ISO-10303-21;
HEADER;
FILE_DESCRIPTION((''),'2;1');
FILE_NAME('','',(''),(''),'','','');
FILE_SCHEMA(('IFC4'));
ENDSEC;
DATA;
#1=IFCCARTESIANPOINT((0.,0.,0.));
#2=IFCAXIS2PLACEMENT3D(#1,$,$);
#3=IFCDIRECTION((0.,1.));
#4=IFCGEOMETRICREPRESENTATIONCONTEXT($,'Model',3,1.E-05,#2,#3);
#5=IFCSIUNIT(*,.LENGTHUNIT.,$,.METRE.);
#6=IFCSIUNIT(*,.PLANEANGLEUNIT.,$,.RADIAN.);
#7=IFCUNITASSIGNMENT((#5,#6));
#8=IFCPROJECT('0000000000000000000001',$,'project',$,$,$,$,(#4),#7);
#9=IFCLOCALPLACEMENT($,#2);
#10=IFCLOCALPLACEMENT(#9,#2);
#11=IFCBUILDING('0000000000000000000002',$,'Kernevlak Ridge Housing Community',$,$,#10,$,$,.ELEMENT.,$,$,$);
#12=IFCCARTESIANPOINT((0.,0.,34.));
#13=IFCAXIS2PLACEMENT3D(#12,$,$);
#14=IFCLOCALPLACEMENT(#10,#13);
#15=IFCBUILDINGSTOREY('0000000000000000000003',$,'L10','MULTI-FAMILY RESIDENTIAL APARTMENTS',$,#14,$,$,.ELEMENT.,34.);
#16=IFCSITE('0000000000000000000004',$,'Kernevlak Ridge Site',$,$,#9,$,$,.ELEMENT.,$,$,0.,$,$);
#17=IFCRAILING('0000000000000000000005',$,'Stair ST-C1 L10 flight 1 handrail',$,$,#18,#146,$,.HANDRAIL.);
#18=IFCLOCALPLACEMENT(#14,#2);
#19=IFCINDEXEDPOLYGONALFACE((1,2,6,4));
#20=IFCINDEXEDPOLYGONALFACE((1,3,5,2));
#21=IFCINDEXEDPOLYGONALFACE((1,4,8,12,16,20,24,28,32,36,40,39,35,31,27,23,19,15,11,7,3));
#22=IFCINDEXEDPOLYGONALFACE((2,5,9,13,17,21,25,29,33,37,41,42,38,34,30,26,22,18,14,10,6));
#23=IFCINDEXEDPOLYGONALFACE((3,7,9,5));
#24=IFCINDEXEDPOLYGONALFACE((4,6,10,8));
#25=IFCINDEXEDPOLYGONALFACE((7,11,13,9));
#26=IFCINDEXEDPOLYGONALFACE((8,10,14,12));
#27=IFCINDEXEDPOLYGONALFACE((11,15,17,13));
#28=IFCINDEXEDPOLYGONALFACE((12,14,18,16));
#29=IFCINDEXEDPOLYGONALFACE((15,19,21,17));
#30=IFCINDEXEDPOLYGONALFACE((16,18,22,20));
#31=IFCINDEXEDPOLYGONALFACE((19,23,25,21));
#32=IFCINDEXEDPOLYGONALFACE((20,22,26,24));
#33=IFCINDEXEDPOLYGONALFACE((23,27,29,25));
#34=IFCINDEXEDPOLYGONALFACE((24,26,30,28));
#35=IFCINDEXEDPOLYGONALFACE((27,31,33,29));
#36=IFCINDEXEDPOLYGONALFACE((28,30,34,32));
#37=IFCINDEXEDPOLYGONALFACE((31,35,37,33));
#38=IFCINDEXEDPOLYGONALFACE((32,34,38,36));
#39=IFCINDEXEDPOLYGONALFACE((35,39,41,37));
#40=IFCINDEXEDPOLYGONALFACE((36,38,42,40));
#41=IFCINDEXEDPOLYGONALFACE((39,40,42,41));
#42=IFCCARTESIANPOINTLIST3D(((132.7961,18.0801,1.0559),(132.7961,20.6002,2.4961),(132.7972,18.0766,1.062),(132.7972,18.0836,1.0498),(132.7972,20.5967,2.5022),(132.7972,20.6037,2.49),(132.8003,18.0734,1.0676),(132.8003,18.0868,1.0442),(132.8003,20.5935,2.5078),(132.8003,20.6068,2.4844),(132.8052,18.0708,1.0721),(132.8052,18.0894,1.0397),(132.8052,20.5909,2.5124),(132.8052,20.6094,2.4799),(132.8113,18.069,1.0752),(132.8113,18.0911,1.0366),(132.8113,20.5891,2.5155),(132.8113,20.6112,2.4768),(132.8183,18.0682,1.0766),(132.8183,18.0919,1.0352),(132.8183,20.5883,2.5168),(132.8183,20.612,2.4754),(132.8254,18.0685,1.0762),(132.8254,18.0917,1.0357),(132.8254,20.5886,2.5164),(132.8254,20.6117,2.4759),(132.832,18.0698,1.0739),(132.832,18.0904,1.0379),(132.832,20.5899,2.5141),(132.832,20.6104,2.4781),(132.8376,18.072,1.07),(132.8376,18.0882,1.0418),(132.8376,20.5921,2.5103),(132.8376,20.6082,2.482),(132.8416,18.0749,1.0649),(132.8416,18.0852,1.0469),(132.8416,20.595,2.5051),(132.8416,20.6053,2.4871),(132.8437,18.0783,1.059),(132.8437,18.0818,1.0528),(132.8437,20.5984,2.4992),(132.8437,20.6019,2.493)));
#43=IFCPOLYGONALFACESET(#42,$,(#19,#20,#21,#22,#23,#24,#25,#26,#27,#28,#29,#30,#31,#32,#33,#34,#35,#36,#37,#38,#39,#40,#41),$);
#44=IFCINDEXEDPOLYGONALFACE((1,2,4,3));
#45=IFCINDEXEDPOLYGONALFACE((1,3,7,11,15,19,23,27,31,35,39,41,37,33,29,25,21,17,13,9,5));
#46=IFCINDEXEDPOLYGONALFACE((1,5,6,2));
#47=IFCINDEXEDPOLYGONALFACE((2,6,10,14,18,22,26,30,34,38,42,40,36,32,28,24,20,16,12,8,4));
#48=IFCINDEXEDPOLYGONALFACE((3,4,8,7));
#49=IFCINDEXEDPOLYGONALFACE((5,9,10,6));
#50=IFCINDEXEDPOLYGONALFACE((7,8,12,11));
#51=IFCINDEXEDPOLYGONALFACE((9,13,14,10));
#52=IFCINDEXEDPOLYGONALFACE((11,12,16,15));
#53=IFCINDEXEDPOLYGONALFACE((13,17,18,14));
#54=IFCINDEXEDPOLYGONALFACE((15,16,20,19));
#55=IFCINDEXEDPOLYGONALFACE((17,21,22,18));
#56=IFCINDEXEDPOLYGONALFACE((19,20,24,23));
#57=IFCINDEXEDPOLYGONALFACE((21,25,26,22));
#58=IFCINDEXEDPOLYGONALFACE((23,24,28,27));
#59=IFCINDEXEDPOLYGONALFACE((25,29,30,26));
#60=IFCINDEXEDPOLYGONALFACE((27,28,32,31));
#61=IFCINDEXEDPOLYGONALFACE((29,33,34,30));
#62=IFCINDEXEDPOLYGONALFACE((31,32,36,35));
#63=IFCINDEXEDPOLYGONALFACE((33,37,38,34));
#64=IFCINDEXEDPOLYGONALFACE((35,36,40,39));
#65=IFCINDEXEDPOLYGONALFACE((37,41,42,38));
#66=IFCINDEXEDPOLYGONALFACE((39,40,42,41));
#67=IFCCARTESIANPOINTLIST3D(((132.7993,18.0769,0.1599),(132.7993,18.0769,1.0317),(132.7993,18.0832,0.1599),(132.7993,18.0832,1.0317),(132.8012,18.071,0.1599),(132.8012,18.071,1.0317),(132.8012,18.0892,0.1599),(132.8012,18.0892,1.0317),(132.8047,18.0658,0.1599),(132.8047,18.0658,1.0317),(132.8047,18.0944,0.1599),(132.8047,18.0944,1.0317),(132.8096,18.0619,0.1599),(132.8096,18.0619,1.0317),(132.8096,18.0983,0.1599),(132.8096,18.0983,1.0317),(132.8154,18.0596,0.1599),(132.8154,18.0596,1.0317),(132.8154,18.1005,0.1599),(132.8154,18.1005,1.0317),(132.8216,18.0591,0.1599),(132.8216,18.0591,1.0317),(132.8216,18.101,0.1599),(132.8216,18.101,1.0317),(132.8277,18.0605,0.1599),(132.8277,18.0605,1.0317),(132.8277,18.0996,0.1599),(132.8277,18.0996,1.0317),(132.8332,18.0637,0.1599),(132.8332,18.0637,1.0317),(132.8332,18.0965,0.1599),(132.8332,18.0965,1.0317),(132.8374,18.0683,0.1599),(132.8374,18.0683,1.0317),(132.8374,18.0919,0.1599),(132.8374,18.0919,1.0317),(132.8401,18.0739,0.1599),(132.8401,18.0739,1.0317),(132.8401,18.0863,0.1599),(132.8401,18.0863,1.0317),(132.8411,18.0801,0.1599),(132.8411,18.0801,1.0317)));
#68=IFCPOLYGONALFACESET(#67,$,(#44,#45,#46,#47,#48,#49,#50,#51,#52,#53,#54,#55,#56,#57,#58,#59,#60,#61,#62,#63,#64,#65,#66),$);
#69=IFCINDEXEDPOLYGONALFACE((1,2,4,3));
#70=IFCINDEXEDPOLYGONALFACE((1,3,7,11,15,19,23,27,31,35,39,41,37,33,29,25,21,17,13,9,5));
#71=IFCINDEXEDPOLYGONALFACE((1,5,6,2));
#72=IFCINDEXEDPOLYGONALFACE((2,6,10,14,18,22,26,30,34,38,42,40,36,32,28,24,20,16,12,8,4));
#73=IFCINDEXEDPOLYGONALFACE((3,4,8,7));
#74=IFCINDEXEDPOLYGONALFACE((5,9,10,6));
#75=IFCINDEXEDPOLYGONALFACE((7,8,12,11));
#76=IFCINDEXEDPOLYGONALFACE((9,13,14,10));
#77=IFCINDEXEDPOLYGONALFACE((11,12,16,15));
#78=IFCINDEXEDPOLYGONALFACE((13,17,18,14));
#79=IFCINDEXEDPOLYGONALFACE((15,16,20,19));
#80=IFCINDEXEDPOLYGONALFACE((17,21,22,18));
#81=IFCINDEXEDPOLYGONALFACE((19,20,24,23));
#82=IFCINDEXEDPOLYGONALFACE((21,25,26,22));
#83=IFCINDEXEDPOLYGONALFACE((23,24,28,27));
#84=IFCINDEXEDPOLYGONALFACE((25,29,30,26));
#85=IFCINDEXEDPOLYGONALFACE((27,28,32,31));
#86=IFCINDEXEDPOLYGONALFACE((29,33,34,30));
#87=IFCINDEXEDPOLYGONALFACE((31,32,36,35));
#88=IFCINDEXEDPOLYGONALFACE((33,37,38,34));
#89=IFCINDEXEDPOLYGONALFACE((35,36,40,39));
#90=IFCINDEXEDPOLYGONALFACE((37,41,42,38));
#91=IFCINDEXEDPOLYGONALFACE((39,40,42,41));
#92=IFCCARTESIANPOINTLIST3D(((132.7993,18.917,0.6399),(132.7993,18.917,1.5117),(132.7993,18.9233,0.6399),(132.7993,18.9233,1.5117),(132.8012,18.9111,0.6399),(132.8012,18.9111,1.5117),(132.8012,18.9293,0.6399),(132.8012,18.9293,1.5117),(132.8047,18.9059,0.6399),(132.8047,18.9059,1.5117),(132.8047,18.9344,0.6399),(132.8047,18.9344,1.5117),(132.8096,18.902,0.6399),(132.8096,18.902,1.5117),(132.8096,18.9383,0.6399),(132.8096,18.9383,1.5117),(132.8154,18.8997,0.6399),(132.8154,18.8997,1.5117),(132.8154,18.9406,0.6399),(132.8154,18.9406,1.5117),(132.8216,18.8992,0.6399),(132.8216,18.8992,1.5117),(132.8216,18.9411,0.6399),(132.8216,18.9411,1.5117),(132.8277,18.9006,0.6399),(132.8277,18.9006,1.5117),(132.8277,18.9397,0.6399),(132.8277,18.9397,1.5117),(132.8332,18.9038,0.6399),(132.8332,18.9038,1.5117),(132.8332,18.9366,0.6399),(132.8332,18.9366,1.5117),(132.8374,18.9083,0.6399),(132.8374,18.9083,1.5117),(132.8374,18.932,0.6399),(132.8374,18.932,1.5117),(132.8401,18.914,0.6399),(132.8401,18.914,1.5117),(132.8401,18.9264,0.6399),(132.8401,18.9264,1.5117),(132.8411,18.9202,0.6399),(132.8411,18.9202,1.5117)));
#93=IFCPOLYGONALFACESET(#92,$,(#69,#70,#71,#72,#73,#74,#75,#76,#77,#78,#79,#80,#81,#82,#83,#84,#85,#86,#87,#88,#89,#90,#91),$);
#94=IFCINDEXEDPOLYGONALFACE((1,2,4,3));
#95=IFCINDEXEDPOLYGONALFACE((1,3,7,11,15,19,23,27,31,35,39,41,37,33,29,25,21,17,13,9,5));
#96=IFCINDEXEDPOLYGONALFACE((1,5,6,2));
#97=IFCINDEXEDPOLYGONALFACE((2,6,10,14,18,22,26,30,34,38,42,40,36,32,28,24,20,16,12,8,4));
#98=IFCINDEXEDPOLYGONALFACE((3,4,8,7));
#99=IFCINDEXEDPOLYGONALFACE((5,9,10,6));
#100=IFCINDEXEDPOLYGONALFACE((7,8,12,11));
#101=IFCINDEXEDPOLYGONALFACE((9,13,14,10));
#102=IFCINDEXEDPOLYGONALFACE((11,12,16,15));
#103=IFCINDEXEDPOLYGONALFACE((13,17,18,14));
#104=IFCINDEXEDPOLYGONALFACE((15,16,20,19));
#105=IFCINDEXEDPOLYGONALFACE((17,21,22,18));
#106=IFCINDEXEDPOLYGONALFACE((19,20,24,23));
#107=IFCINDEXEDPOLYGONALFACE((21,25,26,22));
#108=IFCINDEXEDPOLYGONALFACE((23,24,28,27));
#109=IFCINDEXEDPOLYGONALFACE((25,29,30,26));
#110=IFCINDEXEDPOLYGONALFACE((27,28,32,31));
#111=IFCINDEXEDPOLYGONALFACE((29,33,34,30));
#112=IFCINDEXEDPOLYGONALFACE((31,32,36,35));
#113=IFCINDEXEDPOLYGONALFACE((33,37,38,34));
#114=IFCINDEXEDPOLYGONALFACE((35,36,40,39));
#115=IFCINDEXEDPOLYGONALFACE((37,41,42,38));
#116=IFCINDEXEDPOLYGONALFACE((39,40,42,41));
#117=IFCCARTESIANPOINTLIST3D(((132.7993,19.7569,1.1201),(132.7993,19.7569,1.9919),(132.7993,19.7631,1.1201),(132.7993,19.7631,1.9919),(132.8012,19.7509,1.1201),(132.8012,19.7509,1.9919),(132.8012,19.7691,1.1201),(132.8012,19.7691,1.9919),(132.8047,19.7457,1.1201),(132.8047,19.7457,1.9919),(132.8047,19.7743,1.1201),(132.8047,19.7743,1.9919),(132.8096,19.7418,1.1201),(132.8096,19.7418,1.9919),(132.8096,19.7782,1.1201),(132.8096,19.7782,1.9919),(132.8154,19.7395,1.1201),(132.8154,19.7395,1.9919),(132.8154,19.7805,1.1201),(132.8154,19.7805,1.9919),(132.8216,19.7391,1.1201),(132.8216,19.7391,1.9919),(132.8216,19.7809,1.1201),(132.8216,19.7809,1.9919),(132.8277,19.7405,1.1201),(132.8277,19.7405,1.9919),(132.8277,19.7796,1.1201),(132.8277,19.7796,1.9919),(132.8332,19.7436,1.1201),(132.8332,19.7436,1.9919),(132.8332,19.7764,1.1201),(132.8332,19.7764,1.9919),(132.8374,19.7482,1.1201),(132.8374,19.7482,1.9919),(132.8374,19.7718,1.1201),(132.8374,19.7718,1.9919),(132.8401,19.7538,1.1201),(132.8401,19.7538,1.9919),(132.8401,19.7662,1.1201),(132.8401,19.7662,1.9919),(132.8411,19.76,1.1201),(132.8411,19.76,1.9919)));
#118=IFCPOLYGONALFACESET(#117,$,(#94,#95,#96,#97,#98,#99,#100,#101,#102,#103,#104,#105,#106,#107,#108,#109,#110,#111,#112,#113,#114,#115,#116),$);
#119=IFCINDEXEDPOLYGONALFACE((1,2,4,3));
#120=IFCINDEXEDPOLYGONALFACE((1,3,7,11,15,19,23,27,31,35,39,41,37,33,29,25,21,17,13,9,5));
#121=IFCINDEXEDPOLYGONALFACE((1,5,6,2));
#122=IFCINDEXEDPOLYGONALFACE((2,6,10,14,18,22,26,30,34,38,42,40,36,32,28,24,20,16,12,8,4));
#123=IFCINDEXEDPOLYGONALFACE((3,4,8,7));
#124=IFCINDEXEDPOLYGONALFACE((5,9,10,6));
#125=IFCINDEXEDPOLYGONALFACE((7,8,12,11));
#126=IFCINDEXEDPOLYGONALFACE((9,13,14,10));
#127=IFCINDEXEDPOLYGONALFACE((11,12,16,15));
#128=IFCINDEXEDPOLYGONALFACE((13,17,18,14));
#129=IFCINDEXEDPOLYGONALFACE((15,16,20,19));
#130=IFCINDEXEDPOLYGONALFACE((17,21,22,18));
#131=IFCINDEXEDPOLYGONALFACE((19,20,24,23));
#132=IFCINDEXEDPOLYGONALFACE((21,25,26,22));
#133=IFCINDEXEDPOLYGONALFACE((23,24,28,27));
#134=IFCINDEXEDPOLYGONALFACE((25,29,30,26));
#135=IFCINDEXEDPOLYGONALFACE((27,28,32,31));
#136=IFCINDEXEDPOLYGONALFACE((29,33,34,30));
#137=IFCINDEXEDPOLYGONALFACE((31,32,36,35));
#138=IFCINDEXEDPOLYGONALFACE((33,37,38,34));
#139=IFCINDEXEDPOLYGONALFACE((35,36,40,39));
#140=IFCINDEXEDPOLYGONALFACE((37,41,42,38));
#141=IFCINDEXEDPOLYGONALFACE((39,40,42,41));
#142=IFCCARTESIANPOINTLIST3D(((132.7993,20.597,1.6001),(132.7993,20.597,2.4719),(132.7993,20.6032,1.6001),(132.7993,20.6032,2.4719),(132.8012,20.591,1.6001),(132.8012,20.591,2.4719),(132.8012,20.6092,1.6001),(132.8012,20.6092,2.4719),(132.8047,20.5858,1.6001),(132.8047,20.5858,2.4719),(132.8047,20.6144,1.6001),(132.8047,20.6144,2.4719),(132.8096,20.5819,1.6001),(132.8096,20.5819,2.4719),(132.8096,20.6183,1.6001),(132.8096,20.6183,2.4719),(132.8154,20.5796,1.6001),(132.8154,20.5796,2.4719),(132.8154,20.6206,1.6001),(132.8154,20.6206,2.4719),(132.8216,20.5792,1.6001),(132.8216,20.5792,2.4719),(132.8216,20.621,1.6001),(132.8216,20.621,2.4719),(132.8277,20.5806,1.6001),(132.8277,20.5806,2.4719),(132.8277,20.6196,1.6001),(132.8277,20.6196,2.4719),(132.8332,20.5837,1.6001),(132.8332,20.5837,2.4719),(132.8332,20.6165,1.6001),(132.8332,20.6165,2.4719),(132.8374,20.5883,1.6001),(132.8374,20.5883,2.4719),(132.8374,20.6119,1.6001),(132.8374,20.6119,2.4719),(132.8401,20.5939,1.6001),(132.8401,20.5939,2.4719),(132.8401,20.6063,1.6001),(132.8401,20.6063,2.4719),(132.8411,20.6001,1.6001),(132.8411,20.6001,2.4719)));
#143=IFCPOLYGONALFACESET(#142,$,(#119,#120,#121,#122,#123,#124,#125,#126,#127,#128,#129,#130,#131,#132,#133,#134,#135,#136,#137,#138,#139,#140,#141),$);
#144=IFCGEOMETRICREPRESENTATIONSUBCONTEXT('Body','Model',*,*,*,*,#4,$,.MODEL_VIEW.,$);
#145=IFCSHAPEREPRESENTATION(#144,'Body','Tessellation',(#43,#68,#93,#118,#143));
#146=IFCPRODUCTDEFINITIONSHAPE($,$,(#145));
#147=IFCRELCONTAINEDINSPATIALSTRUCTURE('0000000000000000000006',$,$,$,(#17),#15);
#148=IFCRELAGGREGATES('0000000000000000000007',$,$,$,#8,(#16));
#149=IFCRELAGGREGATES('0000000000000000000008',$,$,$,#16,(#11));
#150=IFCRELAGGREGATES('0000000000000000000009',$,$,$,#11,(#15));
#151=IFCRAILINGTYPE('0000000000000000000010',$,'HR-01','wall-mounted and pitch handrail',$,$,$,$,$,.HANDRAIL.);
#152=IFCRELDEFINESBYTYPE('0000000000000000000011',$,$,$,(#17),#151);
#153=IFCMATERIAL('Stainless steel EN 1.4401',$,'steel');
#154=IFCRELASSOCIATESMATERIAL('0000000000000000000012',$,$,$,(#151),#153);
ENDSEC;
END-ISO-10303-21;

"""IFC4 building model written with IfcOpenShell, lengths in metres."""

from ifc_helpers import new_model, si_unit, direction, frame, origin, origin_2d, place, context, subcontext, project, spatial, circle, extrude, material, type_object, element, save


model = new_model("IFC4")

# Units and contexts
model_context = context("Model", 3, precision=1e-05, world=origin(), true_north=direction((0.0, 1.0)))
body_context = subcontext(model_context, "Body", "Model", "MODEL_VIEW")
ifc_project = project(units=[si_unit("LENGTHUNIT", "METRE"), si_unit("PLANEANGLEUNIT", "RADIAN")], contexts=[model_context])

# Site, building, storey
site_placement = place(None, origin())
site = spatial("IfcSite", under=ifc_project, at=site_placement, Name="Kernevlak Ridge Site", CompositionType="ELEMENT", RefElevation=0.0)
building_placement = place(site_placement, origin())
building = spatial("IfcBuilding", under=site, at=building_placement, Name="Kernevlak Ridge Housing Community", CompositionType="ELEMENT")
storey_placement = place(building_placement, frame((0.0, 0.0, 34.0)))
storey = spatial("IfcBuildingStorey", under=building, at=storey_placement, Name="L10", Description="MULTI-FAMILY RESIDENTIAL APARTMENTS", CompositionType="ELEMENT", Elevation=34.0)

# Shared definitions
ifc_material_1 = material(Name="Stainless steel EN 1.4401", Category="steel")

# Railing
railing_type_1 = type_object("IfcRailingType", Name="HR-01", Description="wall-mounted and pitch handrail", PredefinedType="HANDRAIL", material=ifc_material_1)
railing_1_placement = place(storey_placement, frame((132.8201, 18.0801, 0.1599)))
element("IfcRailing", 1, at=railing_1_placement, inside=storey, type_object=railing_type_1, Name="Stair ST-C1 L10 flight 1 handrail", PredefinedType="HANDRAIL", context=body_context, shape_type="SweptSolid", body=[
    extrude(circle(Radius=0.0239, at=origin_2d()), frame((0.0, 0.0, 0.896), z_axis=(0.0, 0.868217, 0.496184), x_axis=(-1.0, 0.0, 0.0)), (0.0, 0.0, 1.0), 2.9026),
    extrude(circle(Radius=0.021, at=origin_2d()), origin(), (0.0, 0.0, 1.0), 0.8718),
    extrude(circle(Radius=0.021, at=origin_2d()), frame((0.0, 0.8401, 0.48)), (0.0, 0.0, 1.0), 0.8718),
    extrude(circle(Radius=0.021, at=origin_2d()), frame((0.0, 1.6799, 0.9602)), (0.0, 0.0, 1.0), 0.8718),
    extrude(circle(Radius=0.021, at=origin_2d()), frame((0.0, 2.52, 1.4402)), (0.0, 0.0, 1.0), 0.8718),
])

save(model, "model.ifc")
